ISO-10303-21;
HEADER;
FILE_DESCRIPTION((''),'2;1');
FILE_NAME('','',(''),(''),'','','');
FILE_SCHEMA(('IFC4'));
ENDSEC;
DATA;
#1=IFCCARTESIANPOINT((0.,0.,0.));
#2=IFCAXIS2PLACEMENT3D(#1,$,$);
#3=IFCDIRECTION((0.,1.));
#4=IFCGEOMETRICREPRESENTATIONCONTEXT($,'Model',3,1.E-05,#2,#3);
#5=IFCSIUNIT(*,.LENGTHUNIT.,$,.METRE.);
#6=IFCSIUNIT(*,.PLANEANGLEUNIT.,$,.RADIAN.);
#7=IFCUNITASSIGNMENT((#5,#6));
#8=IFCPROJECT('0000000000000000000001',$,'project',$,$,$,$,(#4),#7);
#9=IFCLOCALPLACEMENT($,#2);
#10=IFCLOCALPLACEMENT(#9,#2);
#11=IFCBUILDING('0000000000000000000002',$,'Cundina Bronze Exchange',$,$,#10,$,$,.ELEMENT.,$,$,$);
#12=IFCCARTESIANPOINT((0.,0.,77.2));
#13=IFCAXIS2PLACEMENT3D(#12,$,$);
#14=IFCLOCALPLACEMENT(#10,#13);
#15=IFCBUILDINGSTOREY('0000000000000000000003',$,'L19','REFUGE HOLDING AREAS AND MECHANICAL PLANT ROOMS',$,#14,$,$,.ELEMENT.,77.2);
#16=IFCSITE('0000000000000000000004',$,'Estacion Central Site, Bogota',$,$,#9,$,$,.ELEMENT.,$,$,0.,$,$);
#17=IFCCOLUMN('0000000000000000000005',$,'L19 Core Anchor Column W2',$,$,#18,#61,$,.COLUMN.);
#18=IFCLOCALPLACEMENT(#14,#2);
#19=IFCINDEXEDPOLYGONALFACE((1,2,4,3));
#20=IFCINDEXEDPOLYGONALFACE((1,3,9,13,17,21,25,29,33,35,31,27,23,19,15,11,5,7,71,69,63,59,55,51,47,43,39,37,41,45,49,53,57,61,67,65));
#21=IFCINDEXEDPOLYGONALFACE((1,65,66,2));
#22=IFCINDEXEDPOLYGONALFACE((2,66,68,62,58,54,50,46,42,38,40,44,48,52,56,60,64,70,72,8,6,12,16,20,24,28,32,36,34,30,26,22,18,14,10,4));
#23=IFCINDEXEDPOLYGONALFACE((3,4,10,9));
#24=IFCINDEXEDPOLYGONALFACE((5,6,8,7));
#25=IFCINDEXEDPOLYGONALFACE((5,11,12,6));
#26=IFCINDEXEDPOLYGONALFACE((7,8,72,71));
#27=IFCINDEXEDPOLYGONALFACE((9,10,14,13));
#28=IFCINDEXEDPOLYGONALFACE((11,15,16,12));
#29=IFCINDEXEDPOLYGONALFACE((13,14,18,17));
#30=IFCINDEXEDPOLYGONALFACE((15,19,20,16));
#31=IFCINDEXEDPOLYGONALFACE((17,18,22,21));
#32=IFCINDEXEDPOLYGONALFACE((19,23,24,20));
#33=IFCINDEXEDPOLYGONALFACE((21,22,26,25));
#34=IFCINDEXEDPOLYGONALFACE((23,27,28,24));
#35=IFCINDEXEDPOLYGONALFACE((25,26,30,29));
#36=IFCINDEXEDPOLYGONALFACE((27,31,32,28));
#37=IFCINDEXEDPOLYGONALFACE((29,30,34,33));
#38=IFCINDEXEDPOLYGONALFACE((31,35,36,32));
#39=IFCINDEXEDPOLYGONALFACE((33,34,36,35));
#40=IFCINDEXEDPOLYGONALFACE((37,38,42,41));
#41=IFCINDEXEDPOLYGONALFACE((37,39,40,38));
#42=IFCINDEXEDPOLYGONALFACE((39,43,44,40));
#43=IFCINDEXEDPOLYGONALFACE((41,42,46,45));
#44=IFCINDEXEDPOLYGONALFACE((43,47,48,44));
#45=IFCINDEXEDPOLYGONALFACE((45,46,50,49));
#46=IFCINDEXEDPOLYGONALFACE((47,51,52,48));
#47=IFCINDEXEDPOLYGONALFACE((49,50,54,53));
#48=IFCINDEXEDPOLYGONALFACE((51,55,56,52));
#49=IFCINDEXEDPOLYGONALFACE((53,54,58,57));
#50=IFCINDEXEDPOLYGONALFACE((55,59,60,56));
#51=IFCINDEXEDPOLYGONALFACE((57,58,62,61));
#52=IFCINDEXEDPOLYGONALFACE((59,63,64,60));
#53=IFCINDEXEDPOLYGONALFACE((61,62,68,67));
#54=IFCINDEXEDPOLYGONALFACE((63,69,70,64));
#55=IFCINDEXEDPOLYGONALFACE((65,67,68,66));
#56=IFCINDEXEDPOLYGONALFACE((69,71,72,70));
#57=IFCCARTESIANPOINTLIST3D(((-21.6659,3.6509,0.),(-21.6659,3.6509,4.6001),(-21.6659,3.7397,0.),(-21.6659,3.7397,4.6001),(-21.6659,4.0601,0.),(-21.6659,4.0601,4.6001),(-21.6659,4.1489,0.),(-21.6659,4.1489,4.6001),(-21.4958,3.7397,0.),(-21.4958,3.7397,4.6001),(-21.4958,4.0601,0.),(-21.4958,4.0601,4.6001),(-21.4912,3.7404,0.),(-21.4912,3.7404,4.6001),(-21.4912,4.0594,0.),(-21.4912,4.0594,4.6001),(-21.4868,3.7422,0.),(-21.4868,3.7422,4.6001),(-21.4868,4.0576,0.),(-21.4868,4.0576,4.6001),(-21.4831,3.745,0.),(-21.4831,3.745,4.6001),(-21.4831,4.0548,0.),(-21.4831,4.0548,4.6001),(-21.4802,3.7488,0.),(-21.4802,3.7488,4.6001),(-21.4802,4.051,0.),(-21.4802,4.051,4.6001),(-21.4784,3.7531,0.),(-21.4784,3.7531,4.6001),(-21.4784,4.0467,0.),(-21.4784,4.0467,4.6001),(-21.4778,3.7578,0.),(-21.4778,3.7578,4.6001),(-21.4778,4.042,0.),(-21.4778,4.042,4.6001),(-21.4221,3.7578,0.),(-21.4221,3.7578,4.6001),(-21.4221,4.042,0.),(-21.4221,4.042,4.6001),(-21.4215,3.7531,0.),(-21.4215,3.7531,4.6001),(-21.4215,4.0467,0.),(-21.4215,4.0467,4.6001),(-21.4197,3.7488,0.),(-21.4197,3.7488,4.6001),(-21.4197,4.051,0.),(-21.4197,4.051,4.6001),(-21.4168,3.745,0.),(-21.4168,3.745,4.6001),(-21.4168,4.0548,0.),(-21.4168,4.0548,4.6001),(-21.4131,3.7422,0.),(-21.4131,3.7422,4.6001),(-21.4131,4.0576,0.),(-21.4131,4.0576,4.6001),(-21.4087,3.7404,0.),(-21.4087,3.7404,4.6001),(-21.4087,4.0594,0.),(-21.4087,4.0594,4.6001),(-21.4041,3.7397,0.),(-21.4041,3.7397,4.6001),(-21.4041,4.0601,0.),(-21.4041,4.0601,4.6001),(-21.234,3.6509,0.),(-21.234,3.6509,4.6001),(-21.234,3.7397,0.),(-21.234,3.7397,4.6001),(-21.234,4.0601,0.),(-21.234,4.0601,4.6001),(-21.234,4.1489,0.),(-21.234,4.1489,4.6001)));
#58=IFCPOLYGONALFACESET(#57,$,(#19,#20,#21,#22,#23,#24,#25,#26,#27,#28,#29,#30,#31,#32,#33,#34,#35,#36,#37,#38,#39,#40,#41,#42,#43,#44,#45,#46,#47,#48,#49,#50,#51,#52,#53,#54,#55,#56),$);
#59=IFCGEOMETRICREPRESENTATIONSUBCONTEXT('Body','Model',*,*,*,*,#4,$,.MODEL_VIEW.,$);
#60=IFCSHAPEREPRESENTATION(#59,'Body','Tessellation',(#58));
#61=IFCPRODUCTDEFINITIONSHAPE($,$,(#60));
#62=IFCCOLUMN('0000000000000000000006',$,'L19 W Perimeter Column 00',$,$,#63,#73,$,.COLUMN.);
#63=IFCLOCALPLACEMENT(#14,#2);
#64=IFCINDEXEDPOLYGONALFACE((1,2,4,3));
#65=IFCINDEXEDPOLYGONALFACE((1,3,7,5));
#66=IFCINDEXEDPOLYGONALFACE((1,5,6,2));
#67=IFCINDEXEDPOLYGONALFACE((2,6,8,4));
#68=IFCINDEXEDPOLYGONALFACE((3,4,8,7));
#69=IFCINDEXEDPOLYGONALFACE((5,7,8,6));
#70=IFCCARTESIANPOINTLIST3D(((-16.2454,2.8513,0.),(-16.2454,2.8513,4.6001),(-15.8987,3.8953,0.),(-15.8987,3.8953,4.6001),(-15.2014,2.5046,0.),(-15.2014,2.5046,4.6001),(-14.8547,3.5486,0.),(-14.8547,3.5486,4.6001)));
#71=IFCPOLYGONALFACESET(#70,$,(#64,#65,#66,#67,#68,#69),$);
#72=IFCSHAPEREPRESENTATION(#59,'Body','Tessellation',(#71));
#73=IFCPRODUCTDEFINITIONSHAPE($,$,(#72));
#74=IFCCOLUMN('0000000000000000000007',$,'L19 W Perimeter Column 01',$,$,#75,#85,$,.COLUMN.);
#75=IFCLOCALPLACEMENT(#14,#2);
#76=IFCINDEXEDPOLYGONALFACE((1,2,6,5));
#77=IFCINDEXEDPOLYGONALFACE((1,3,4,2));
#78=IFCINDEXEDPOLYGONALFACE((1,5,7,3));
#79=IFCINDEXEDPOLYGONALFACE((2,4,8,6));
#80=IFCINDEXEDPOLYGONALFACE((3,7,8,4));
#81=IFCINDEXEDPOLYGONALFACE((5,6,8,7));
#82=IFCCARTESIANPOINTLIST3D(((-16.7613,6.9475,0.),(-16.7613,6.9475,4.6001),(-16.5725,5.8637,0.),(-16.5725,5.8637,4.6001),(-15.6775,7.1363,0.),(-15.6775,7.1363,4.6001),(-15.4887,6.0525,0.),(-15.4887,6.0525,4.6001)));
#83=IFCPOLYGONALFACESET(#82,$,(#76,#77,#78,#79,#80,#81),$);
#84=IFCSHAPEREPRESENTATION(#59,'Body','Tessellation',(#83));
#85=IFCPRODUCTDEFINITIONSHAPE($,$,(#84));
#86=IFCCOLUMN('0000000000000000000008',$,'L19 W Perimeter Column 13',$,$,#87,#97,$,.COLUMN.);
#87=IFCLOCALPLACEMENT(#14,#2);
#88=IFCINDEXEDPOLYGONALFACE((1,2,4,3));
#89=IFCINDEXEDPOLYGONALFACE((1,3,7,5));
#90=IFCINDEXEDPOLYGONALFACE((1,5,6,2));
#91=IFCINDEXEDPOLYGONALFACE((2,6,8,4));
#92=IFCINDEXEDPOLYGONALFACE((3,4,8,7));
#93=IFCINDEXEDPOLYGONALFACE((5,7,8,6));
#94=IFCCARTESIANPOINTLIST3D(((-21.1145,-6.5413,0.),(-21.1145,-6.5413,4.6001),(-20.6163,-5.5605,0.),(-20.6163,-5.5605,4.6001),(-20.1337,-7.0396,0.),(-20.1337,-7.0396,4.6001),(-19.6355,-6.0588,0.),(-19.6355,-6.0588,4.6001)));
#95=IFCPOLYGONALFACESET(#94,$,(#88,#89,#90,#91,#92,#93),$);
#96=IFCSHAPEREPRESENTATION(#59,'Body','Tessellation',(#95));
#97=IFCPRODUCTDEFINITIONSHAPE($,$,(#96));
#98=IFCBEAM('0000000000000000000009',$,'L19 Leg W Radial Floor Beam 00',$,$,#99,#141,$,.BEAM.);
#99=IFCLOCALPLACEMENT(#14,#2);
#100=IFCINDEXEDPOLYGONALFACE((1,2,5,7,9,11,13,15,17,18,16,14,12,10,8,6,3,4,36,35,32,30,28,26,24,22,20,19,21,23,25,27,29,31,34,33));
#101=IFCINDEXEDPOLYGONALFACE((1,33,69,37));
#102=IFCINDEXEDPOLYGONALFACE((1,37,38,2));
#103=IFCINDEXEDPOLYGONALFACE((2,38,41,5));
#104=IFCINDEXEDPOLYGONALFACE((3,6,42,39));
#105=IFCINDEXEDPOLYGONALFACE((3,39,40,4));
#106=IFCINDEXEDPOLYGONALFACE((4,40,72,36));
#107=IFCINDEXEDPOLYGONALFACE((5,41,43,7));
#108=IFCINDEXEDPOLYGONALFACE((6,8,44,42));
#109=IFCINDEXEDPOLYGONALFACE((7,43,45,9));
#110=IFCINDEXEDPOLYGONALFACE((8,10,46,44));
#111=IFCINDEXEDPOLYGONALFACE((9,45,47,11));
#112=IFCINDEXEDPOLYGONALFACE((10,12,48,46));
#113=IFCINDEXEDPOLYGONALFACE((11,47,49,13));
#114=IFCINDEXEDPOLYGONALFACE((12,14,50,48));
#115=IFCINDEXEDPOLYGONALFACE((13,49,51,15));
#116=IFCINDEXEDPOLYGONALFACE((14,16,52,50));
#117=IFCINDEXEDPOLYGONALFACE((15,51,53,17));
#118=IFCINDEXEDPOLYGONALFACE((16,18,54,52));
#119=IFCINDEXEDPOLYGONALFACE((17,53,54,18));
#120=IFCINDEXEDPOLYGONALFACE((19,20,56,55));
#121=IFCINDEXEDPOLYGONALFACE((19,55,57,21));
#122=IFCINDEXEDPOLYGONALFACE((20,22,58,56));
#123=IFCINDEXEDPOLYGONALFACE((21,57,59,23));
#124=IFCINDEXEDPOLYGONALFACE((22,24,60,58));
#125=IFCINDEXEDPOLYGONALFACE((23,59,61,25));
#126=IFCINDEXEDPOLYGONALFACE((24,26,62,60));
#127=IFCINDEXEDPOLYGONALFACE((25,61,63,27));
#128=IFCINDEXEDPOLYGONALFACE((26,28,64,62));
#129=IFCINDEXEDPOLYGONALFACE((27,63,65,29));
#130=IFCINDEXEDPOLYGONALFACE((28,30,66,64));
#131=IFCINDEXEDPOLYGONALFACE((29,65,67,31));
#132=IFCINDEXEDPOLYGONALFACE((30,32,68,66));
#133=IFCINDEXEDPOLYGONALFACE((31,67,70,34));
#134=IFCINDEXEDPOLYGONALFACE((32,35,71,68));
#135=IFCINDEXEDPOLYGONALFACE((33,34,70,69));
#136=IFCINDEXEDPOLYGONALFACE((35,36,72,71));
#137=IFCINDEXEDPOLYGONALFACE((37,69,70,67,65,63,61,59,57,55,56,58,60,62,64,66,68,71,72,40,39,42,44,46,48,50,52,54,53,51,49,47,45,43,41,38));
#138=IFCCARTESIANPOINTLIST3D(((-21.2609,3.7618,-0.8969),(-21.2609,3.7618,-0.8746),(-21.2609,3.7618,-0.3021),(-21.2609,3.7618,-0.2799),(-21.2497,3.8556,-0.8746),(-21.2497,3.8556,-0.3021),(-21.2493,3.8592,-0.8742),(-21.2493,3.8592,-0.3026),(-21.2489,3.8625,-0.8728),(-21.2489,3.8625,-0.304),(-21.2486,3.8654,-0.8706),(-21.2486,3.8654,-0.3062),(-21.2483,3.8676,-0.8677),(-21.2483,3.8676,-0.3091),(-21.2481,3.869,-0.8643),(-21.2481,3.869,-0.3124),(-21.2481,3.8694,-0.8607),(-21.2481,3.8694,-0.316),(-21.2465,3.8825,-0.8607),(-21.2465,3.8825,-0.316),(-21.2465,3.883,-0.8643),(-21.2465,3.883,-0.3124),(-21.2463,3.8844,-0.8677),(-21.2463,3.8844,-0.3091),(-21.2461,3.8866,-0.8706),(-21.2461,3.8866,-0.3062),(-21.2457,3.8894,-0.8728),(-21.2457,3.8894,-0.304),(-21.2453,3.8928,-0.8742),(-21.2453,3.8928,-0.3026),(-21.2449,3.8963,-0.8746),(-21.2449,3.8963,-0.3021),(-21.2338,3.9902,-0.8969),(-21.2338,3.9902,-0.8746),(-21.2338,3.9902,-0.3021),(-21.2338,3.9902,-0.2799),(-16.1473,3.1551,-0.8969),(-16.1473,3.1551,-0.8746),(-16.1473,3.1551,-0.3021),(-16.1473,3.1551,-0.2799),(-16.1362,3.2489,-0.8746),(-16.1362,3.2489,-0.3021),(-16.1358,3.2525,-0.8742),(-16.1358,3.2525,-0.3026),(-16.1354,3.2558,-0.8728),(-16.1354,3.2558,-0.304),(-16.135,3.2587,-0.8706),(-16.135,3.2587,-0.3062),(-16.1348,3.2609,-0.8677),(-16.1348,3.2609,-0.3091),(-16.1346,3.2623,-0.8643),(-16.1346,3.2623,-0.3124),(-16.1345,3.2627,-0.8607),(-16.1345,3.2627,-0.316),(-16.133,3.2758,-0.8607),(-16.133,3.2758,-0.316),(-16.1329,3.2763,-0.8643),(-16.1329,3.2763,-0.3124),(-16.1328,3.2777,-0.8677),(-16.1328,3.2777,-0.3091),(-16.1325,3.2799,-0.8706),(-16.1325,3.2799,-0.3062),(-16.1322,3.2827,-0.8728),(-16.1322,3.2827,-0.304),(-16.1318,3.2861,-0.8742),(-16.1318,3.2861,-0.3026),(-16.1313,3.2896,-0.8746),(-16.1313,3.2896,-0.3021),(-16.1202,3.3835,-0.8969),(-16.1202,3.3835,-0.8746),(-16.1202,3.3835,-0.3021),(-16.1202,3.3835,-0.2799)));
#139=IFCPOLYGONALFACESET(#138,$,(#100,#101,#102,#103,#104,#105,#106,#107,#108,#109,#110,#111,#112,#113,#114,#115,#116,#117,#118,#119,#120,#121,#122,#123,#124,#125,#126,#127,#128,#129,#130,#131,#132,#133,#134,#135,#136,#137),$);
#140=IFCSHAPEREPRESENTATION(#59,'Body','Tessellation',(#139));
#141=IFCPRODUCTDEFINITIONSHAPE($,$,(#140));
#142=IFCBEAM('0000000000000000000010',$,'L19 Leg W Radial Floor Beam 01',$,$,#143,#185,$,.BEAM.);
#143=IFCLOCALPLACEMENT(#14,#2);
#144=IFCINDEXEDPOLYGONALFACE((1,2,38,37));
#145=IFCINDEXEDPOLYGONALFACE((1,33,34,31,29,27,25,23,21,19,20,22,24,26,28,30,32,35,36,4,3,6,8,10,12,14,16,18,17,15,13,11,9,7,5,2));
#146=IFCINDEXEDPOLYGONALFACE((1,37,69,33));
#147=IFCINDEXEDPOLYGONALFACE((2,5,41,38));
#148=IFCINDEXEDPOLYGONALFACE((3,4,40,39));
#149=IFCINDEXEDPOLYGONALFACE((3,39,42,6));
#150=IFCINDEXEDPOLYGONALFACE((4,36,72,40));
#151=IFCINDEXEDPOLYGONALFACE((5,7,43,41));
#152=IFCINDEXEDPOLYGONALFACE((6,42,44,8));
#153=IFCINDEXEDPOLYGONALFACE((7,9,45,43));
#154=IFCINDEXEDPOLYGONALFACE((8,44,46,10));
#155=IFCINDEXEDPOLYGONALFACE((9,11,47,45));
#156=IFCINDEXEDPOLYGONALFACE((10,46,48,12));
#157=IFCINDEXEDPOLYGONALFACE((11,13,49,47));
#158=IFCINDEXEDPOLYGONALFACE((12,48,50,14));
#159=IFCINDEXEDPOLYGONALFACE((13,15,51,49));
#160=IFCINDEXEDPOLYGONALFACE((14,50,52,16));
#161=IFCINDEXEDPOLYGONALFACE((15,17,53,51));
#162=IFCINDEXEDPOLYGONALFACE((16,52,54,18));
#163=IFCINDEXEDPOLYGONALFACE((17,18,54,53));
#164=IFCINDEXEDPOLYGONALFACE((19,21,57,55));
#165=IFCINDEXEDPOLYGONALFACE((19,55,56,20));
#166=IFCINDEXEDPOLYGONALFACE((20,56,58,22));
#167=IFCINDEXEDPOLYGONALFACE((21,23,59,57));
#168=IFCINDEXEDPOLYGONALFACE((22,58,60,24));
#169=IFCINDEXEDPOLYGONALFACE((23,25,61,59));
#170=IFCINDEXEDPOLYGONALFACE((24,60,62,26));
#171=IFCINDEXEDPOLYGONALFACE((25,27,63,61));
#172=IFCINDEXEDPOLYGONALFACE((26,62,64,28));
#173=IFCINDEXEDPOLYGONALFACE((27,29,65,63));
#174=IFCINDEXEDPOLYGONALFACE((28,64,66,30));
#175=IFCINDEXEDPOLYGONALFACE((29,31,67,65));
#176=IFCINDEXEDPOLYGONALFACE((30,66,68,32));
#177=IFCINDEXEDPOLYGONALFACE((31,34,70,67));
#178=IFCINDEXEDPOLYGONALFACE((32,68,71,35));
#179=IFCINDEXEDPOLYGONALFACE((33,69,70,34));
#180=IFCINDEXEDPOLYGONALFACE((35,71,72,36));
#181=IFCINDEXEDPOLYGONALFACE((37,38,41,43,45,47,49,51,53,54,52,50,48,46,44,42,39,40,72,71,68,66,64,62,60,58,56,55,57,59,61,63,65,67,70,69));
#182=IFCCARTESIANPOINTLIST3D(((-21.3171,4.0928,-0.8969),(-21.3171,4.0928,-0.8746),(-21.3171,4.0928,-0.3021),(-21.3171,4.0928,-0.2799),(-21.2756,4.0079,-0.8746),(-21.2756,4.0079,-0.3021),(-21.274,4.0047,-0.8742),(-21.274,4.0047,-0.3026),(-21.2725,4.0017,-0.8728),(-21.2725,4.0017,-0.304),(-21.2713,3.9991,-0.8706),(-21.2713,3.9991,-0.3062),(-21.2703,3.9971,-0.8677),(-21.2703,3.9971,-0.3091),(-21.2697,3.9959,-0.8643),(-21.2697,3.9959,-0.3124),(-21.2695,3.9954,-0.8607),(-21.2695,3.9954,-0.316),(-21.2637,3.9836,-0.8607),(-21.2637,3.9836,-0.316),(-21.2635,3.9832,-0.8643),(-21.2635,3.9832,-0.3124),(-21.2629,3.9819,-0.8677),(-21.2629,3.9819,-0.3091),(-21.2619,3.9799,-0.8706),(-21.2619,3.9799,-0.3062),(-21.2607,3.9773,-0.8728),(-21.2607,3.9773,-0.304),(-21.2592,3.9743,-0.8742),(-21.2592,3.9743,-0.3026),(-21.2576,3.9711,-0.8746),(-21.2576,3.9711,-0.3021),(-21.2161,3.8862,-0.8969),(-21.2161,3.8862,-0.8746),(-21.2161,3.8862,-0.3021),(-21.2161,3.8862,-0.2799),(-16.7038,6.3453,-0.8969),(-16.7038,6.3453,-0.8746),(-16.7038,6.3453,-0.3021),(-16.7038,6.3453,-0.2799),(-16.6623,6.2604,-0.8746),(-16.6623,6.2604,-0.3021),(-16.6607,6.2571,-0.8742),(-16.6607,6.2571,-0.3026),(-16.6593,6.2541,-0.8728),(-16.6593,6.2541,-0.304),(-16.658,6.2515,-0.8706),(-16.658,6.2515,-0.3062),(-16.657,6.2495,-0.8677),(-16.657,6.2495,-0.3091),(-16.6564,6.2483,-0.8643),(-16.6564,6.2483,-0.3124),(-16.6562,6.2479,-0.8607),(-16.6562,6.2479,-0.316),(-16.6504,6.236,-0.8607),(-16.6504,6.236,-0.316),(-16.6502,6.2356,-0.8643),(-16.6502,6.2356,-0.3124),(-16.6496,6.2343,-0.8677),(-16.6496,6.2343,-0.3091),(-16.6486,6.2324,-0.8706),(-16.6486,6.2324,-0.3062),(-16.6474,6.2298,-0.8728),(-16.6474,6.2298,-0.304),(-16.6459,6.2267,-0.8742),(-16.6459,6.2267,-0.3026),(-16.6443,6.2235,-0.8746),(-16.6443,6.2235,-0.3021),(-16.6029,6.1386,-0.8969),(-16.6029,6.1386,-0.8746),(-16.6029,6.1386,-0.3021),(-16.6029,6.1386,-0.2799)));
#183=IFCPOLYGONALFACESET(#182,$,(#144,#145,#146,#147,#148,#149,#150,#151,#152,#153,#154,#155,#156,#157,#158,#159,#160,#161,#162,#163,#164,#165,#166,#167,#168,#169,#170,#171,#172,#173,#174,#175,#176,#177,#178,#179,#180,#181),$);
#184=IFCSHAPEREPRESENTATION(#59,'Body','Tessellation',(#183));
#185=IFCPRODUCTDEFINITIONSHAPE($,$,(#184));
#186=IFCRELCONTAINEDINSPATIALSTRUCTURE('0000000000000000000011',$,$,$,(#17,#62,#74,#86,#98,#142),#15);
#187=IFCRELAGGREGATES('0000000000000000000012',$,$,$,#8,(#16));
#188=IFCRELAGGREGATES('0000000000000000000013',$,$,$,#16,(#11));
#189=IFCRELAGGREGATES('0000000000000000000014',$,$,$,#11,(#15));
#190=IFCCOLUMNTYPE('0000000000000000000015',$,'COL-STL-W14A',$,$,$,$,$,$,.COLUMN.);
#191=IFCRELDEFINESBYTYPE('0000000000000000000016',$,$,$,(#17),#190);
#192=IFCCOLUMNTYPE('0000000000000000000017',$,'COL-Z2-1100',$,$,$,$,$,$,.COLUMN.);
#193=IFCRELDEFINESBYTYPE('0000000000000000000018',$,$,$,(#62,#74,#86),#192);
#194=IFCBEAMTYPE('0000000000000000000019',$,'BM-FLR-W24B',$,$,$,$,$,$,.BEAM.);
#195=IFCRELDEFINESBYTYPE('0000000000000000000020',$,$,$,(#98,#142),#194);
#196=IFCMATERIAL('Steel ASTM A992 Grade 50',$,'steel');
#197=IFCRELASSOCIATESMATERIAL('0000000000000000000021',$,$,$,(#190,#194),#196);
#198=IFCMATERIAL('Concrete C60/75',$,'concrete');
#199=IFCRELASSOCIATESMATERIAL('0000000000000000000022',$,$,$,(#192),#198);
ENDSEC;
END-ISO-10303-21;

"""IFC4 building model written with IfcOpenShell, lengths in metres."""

from ifc_helpers import new_model, si_unit, direction, frame, origin, origin_2d, place, context, subcontext, project, spatial, rectangle, i_section, extrude, material, material_profile, profile_set, type_object, element, save


model = new_model("IFC4")

# Units and contexts
model_context = context("Model", 3, precision=1e-05, world=origin(), true_north=direction((0.0, 1.0)))
body_context = subcontext(model_context, "Body", "Model", "MODEL_VIEW")
ifc_project = project(units=[si_unit("LENGTHUNIT", "METRE"), si_unit("PLANEANGLEUNIT", "RADIAN")], contexts=[model_context])

# Site, building, storey
site_placement = place(None, origin())
site = spatial("IfcSite", under=ifc_project, at=site_placement, Name="Estacion Central Site, Bogota", CompositionType="ELEMENT", RefElevation=0.0)
building_placement = place(site_placement, origin())
building = spatial("IfcBuilding", under=site, at=building_placement, Name="Cundina Bronze Exchange", CompositionType="ELEMENT")
storey_placement = place(building_placement, frame((0.0, 0.0, 77.2)))
storey = spatial("IfcBuildingStorey", under=building, at=storey_placement, Name="L19", Description="REFUGE HOLDING AREAS AND MECHANICAL PLANT ROOMS", CompositionType="ELEMENT", Elevation=77.2)

# Columns
ifc_material_1 = material(Name="Steel ASTM A992 Grade 50", Category="steel")
ifc_material_profile_1 = material_profile(ifc_material_1, i_section(OverallWidth=0.4319, OverallDepth=0.498, WebThickness=0.0557, FlangeThickness=0.0889, FilletRadius=0.0181, at=origin_2d()), Name="W14X500", Category="steel")
ifc_profile_set_1 = profile_set([ifc_material_profile_1], Name="Steel ASTM A992 Grade 50")
column_type_1 = type_object("IfcColumnType", Name="COL-STL-W14A", PredefinedType="COLUMN", material=ifc_profile_set_1)
column_placement = place(storey_placement, frame((-21.45, 3.8999, 0.0), z_axis=(0.0, 0.0, 1.0), x_axis=(1.0, 0.0, 0.0)))
element("IfcColumn", 1, at=column_placement, inside=storey, type_object=column_type_1, Name="L19 Core Anchor Column W2", PredefinedType="COLUMN", context=body_context, shape_type="SweptSolid", body=[
    extrude(i_section(OverallWidth=0.4319, OverallDepth=0.498, WebThickness=0.0557, FlangeThickness=0.0889, FilletRadius=0.0181, at=origin_2d()), origin(), (0.0, 0.0, 1.0), 4.6001),
])
ifc_material_2 = material(Name="Concrete C60/75", Category="concrete")
ifc_material_profile_2 = material_profile(ifc_material_2, rectangle(XDim=1.1001, YDim=1.1001, at=origin_2d()), Name="RC1100X1100", Category="concrete")
ifc_profile_set_2 = profile_set([ifc_material_profile_2], Name="Concrete C60/75")
column_type_2 = type_object("IfcColumnType", Name="COL-Z2-1100", PredefinedType="COLUMN", material=ifc_profile_set_2)
for number, where, z_axis, x_axis, name in (
    (2, (-15.55, 3.2, 0.0), (0.0, 0.0, 1.0), (0.315152, 0.949041, 0.0), "L19 W Perimeter Column 00"),
    (3, (-16.125, 6.5, 0.0), (0.0, 0.0, 1.0), (-0.171585, 0.985169, 0.0), "L19 W Perimeter Column 01"),
    (4, (-20.375, -6.3, 0.0), (0.0, 0.0, 1.0), (0.452902, 0.891561, 0.0), "L19 W Perimeter Column 13"),
):
    element("IfcColumn", number, at=place(storey_placement, frame(where, z_axis=z_axis, x_axis=x_axis)), inside=storey, type_object=column_type_2, Name=name, PredefinedType="COLUMN", context=body_context, shape_type="SweptSolid", body=[
        extrude(rectangle(XDim=1.1001, YDim=1.1001, at=origin_2d()), origin(), (0.0, 0.0, 1.0), 4.6001),
    ])

# Beams
ifc_material_profile_3 = material_profile(ifc_material_1, i_section(OverallWidth=0.23, OverallDepth=0.6169, WebThickness=0.0132, FlangeThickness=0.0222, FilletRadius=0.0139, at=origin_2d()), Name="W24X94", Category="steel")
ifc_profile_set_3 = profile_set([ifc_material_profile_3], Name="Steel ASTM A992 Grade 50")
beam_type_1 = type_object("IfcBeamType", Name="BM-FLR-W24B", PredefinedType="BEAM", material=ifc_profile_set_3)
beam_1_placement = place(storey_placement, frame((-21.2473, 3.876, -0.5884), z_axis=(0.993035, -0.117818, 0.0), x_axis=(0.117818, 0.993035, 0.0)))
element("IfcBeam", 5, at=beam_1_placement, inside=storey, type_object=beam_type_1, Name="L19 Leg W Radial Floor Beam 00", PredefinedType="BEAM", context=body_context, shape_type="SweptSolid", body=[
    extrude(i_section(OverallWidth=0.23, OverallDepth=0.6169, WebThickness=0.0132, FlangeThickness=0.0222, FilletRadius=0.0139, at=origin_2d()), origin(), (0.0, 0.0, 1.0), 5.1494),
])
beam_2_placement = place(storey_placement, frame((-21.2666, 3.9895, -0.5884), z_axis=(0.89861, 0.438748, 0.0), x_axis=(-0.438748, 0.89861, 0.0)))
element("IfcBeam", 6, at=beam_2_placement, inside=storey, type_object=beam_type_1, Name="L19 Leg W Radial Floor Beam 01", PredefinedType="BEAM", context=body_context, shape_type="SweptSolid", body=[
    extrude(i_section(OverallWidth=0.23, OverallDepth=0.6169, WebThickness=0.0132, FlangeThickness=0.0222, FilletRadius=0.0139, at=origin_2d()), origin(), (0.0, 0.0, 1.0), 5.1338),
])

save(model, "model.ifc")
